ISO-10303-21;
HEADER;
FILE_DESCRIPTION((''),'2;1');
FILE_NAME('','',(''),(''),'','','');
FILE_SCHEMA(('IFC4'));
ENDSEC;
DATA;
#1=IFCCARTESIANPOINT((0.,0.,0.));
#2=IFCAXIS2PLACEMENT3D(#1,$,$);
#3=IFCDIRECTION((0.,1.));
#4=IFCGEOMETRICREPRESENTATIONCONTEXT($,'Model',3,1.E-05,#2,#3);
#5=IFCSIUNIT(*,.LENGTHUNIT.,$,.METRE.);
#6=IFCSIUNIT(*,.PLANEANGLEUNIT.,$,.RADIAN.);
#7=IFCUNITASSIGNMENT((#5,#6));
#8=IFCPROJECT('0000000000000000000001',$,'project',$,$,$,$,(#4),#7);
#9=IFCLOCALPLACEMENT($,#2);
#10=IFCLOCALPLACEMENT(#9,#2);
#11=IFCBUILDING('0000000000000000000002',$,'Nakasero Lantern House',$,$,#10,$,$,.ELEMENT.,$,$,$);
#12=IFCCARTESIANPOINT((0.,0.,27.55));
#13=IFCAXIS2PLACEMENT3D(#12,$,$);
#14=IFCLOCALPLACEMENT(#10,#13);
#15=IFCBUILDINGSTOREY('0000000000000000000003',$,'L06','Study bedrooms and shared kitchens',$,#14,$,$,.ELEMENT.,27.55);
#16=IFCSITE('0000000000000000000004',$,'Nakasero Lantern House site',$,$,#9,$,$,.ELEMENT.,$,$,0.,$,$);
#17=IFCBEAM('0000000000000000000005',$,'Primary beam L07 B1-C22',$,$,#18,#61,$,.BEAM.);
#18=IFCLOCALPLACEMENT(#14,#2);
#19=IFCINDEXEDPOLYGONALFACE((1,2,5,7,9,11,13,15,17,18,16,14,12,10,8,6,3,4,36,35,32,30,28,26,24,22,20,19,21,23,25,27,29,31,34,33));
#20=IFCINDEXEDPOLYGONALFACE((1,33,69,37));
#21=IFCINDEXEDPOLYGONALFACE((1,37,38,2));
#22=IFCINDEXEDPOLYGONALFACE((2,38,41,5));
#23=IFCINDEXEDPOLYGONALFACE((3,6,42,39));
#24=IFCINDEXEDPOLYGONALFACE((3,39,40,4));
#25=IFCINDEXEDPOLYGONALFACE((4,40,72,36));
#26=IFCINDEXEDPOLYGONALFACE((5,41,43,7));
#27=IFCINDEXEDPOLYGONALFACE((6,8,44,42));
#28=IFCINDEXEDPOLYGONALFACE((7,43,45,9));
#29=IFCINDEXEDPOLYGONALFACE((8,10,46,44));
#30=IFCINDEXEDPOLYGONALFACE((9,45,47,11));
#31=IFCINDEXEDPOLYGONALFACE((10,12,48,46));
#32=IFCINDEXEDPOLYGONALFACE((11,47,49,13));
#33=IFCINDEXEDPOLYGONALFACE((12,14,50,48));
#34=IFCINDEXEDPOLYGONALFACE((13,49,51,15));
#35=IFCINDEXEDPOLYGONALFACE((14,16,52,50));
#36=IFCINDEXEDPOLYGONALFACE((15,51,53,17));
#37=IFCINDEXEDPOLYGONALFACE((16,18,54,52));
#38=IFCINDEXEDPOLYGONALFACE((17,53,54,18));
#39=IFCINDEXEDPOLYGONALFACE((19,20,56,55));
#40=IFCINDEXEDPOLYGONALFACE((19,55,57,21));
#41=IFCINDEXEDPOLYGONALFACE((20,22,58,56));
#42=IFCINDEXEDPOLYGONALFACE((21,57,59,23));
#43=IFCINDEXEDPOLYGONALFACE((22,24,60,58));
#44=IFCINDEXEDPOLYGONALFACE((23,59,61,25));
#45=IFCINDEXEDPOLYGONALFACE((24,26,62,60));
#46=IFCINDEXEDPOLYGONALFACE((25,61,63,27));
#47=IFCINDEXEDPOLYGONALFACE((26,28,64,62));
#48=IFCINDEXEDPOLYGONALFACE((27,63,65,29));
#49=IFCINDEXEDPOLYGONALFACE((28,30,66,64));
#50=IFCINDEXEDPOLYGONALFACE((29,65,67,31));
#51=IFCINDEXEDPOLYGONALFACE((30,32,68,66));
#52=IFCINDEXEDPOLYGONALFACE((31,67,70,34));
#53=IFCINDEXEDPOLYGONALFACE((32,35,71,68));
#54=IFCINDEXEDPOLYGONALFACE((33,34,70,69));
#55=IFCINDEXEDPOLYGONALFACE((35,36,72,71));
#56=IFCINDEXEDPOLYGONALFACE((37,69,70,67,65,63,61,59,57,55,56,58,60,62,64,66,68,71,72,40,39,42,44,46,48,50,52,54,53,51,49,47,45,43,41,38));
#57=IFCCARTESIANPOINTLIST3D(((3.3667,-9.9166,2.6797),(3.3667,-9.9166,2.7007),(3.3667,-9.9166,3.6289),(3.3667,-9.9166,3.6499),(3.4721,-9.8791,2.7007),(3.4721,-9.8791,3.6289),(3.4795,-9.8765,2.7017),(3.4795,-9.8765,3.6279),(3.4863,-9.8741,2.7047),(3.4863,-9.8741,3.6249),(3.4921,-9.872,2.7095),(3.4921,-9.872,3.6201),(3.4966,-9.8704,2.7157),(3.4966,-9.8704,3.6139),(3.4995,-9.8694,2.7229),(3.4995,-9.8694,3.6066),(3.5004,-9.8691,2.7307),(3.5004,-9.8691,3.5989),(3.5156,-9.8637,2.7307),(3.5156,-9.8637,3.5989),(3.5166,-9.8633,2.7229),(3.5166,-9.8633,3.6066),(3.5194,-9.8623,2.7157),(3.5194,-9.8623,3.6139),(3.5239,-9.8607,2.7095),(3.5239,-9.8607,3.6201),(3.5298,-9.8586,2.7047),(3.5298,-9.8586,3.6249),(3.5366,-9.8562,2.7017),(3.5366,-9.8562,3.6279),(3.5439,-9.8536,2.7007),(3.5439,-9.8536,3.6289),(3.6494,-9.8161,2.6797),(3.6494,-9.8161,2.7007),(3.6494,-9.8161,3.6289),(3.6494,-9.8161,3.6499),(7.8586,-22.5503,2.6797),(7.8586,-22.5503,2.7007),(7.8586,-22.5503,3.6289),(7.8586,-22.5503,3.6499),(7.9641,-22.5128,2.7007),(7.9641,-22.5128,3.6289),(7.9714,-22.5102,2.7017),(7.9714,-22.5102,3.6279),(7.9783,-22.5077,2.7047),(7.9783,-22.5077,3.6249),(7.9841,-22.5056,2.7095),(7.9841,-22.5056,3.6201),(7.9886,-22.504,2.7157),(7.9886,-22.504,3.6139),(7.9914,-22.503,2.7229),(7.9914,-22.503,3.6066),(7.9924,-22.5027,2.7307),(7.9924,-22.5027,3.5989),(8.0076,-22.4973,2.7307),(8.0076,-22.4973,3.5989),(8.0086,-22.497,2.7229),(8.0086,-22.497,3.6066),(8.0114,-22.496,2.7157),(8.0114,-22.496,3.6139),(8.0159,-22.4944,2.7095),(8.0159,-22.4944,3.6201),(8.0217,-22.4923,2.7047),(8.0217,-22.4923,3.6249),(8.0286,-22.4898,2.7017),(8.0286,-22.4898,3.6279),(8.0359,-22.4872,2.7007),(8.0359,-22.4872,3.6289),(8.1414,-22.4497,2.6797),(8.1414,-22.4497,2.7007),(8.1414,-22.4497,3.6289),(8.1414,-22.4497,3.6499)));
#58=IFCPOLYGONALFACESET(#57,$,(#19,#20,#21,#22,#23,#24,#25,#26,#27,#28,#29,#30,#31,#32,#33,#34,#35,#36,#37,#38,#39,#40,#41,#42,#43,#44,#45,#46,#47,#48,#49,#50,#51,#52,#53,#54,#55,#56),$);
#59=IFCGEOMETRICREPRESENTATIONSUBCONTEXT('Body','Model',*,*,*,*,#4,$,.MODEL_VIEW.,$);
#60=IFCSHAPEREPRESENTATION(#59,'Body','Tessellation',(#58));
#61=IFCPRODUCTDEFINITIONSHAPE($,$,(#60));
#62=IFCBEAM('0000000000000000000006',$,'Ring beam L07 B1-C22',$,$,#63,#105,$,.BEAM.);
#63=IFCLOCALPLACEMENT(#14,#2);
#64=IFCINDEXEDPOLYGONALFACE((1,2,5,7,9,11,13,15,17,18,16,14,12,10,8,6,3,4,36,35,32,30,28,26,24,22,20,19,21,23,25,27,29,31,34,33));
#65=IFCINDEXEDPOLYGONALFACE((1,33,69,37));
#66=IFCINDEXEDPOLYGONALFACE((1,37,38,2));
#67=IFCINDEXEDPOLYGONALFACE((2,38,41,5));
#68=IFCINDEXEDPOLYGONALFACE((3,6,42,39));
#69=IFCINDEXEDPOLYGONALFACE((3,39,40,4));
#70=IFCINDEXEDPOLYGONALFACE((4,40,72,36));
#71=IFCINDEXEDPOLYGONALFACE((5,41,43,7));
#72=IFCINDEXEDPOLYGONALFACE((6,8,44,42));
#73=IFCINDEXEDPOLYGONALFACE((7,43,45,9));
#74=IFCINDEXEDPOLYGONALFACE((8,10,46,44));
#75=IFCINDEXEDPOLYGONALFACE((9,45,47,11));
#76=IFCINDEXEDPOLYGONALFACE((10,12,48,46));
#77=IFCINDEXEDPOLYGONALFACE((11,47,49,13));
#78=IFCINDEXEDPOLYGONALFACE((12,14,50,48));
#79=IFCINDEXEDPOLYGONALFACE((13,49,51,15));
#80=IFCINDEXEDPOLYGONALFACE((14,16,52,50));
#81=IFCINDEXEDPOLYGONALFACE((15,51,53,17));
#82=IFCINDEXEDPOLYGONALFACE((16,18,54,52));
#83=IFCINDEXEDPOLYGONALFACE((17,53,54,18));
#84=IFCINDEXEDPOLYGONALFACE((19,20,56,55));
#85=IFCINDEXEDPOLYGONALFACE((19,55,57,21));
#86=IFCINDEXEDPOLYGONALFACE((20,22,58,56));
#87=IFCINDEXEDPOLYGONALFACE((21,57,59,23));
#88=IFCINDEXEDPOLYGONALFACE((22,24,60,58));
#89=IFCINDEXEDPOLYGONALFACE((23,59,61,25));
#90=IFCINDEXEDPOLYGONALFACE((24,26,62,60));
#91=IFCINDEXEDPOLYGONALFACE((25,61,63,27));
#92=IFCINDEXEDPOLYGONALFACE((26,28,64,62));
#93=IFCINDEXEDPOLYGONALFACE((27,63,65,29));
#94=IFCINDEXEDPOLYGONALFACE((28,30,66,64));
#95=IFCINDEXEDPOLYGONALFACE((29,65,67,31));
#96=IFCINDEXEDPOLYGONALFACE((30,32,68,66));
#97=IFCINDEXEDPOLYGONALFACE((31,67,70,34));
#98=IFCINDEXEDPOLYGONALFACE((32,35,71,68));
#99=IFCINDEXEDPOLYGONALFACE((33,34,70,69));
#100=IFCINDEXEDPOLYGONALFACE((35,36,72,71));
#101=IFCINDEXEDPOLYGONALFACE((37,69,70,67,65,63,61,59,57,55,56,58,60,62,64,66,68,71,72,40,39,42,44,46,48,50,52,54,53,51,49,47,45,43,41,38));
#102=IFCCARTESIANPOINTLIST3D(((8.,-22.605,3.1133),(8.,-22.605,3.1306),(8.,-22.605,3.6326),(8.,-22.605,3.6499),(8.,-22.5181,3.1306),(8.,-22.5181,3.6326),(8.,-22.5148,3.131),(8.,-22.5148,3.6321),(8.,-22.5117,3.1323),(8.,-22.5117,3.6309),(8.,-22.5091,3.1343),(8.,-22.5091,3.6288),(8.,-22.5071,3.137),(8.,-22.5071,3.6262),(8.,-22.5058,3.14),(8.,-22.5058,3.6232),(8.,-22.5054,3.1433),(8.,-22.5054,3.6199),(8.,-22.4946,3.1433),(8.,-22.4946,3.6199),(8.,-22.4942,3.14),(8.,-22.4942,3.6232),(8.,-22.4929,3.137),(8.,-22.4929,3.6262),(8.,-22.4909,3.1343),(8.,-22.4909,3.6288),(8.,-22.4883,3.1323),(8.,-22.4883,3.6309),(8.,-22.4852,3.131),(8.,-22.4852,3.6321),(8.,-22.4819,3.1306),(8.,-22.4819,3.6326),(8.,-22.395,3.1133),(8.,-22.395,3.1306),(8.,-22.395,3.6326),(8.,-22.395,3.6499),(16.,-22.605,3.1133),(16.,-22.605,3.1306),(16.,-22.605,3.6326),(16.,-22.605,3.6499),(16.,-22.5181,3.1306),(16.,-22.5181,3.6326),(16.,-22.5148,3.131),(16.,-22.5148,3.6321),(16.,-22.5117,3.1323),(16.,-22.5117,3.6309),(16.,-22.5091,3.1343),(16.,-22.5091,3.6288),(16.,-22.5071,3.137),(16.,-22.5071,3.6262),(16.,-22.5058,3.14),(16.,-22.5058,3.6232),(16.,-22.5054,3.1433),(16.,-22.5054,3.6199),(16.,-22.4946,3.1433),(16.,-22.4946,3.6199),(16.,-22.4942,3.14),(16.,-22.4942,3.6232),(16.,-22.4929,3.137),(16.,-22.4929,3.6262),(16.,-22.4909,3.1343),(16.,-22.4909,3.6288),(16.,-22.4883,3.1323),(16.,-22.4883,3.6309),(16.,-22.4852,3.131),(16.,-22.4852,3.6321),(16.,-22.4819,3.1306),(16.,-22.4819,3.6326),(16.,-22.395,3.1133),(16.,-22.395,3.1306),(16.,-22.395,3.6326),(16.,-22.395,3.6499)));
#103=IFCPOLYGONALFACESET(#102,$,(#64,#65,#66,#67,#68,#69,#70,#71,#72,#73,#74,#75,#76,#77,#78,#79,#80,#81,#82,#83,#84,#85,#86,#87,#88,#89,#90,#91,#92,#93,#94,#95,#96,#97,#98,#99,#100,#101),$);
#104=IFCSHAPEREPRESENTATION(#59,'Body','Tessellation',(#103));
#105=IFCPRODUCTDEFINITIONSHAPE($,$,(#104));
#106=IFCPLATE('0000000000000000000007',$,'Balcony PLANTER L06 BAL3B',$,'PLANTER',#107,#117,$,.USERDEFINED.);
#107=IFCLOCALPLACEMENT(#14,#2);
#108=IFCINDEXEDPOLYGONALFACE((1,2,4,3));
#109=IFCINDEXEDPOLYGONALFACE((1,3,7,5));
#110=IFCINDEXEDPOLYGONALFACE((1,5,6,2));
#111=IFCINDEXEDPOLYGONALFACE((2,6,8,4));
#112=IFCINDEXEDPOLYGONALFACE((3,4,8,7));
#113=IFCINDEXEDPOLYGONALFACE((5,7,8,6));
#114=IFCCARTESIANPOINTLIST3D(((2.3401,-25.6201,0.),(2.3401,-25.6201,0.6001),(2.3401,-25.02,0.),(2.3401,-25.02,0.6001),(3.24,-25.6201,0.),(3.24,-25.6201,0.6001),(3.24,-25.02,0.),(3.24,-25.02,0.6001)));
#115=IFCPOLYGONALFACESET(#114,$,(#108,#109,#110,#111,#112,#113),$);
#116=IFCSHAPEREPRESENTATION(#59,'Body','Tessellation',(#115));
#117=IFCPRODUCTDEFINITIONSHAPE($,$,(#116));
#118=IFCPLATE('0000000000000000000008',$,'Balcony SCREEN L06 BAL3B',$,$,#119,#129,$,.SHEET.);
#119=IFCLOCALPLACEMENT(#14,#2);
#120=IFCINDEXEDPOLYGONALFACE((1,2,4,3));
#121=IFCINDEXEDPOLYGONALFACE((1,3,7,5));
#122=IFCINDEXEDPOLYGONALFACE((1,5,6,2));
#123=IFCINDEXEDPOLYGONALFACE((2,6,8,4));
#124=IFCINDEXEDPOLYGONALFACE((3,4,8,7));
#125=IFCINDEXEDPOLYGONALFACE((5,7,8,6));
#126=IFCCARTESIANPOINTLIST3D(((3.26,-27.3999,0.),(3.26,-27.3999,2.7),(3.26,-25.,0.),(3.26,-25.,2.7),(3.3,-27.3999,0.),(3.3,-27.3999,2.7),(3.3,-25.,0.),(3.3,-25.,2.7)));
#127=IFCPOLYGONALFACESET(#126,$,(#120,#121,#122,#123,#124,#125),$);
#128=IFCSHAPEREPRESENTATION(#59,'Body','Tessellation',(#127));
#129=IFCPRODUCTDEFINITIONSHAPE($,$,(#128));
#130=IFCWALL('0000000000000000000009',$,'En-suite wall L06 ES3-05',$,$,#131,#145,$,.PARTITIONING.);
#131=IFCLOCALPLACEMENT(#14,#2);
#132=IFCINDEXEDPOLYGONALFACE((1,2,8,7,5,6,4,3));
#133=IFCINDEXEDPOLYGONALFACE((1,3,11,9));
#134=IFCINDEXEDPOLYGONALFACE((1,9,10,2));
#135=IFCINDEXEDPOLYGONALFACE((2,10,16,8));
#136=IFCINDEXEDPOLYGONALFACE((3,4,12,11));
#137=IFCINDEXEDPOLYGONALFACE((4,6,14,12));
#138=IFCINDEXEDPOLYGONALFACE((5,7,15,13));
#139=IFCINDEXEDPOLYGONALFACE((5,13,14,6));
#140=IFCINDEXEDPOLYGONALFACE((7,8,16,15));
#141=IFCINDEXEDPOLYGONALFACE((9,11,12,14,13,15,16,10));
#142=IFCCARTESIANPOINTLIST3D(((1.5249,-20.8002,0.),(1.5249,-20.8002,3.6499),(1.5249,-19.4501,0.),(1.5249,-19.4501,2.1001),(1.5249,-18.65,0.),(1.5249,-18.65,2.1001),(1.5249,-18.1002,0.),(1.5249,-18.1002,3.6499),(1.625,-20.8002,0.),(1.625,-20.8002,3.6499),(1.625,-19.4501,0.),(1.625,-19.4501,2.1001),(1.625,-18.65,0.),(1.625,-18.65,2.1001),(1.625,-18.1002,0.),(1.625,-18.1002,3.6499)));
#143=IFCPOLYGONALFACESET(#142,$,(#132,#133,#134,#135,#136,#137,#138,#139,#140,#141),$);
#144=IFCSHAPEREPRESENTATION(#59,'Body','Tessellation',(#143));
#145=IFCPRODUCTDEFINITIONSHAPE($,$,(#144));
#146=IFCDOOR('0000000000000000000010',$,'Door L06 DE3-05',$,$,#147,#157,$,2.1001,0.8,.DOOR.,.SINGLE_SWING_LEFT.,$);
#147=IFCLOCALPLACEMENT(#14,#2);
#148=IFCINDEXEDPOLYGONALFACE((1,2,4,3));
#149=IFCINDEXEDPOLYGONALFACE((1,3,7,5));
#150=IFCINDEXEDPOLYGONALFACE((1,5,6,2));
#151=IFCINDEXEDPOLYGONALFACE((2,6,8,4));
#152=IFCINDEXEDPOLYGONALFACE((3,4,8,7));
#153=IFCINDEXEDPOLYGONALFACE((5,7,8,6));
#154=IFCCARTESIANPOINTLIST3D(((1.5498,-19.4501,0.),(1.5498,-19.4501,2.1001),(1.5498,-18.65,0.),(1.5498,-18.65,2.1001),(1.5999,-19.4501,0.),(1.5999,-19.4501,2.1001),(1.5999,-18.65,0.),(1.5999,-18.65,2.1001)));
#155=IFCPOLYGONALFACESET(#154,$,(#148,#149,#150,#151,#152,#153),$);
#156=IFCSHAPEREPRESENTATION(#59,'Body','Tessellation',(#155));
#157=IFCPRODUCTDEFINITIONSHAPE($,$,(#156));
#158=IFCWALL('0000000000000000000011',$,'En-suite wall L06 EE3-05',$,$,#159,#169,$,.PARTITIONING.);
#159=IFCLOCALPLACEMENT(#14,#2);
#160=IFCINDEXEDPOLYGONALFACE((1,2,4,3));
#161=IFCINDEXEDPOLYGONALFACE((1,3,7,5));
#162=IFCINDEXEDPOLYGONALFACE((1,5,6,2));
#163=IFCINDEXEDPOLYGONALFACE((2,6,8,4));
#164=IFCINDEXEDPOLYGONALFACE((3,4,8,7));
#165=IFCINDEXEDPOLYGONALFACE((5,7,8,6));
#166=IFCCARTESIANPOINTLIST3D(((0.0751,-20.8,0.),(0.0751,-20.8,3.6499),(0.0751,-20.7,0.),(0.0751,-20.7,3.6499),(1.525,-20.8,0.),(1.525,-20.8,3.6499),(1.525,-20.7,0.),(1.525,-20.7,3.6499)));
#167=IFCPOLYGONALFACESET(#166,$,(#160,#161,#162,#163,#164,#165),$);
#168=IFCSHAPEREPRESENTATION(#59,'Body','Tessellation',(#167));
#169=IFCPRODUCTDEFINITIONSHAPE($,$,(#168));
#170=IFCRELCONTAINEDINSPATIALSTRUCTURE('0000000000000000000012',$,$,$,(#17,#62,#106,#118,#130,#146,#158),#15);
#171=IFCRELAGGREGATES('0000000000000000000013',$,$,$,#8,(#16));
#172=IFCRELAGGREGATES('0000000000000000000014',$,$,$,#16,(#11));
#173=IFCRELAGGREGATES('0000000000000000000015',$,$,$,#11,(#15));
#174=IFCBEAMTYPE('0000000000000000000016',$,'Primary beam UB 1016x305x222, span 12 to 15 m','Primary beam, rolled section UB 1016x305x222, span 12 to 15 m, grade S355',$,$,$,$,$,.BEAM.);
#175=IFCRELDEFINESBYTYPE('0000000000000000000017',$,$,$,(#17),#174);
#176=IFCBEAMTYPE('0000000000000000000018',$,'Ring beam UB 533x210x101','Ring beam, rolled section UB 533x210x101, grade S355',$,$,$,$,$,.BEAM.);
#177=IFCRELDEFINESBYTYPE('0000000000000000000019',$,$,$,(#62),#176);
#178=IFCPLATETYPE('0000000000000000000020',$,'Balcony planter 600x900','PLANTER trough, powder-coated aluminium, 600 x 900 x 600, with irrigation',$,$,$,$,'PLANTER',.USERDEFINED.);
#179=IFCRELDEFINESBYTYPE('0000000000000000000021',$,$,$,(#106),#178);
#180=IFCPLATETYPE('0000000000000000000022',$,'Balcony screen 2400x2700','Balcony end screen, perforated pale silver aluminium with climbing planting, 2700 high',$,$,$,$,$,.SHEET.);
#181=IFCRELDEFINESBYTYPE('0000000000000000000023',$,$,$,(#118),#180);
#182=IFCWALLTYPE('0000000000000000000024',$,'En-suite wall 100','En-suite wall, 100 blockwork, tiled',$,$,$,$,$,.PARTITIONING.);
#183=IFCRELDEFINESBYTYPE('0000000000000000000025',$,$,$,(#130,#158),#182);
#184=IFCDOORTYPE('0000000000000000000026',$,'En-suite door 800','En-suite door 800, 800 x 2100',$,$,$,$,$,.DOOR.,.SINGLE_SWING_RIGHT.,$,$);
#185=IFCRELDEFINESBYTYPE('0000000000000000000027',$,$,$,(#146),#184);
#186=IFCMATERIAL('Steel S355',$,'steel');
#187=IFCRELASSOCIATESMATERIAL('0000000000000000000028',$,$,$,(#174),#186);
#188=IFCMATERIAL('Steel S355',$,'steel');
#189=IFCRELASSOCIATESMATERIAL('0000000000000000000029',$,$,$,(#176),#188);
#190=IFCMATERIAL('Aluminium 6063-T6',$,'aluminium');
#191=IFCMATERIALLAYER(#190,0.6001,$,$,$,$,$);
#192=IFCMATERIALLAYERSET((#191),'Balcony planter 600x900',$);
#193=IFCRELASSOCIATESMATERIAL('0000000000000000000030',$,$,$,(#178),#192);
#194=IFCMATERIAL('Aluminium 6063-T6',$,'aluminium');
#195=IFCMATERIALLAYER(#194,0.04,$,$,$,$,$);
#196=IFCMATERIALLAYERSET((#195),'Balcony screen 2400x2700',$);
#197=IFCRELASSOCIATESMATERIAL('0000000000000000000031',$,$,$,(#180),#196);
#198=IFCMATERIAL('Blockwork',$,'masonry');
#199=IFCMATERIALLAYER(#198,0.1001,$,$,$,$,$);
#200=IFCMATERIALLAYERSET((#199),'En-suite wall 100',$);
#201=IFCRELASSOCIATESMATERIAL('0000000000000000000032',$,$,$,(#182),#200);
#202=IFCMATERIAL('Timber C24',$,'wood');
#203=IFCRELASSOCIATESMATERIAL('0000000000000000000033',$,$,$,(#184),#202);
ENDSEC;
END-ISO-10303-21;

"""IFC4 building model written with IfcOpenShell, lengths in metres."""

from ifc_helpers import new_model, si_unit, direction, frame, frame_2d, origin, origin_2d, place, context, subcontext, project, spatial, rectangle, i_section, extrude, material, layer, layer_set, material_profile, profile_set, type_object, element, fill, save


model = new_model("IFC4")

# Units and contexts
model_context = context("Model", 3, precision=1e-05, world=origin(), true_north=direction((0.0, 1.0)))
body_context = subcontext(model_context, "Body", "Model", "MODEL_VIEW")
ifc_project = project(units=[si_unit("LENGTHUNIT", "METRE"), si_unit("PLANEANGLEUNIT", "RADIAN")], contexts=[model_context])

# Site, building, storey
site_placement = place(None, origin())
site = spatial("IfcSite", under=ifc_project, at=site_placement, Name="Nakasero Lantern House site", CompositionType="ELEMENT", RefElevation=0.0)
building_placement = place(site_placement, origin())
building = spatial("IfcBuilding", under=site, at=building_placement, Name="Nakasero Lantern House", CompositionType="ELEMENT")
storey_placement = place(building_placement, frame((0.0, 0.0, 27.55)))
storey = spatial("IfcBuildingStorey", under=building, at=storey_placement, Name="L06", Description="Study bedrooms and shared kitchens", CompositionType="ELEMENT", Elevation=27.55)

# Beams
ifc_material_1 = material(Name="Steel S355", Category="steel")
ifc_material_profile_1 = material_profile(ifc_material_1, i_section(OverallWidth=0.3, OverallDepth=0.9702, WebThickness=0.0161, FlangeThickness=0.021, FilletRadius=0.03, at=origin_2d()), Name="UB 1016x305x222")
ifc_profile_set_1 = profile_set([ifc_material_profile_1], Name="Steel S355")
beam_type_1 = type_object("IfcBeamType", Name="Primary beam UB 1016x305x222, span 12 to 15 m", Description="Primary beam, rolled section UB 1016x305x222, span 12 to 15 m, grade S355", PredefinedType="BEAM", material=ifc_profile_set_1)
beam_1_placement = place(storey_placement, frame((8.0, -22.5, 3.1648), z_axis=(-0.335011, 0.942214, 0.0), x_axis=(-0.942214, -0.335011, 0.0)))
element("IfcBeam", 1, at=beam_1_placement, inside=storey, type_object=beam_type_1, Name="Primary beam L07 B1-C22", PredefinedType="BEAM", context=body_context, shape_type="SweptSolid", body=[
    extrude(i_section(OverallWidth=0.3, OverallDepth=0.9702, WebThickness=0.0161, FlangeThickness=0.021, FilletRadius=0.03, at=origin_2d()), origin(), (0.0, 0.0, 1.0), 13.4084),
])
ifc_material_2 = material(Name="Steel S355", Category="steel")
ifc_material_profile_2 = material_profile(ifc_material_2, i_section(OverallWidth=0.21, OverallDepth=0.5366, WebThickness=0.0107, FlangeThickness=0.0173, FilletRadius=0.0127, at=origin_2d()), Name="UB 533x210x101")
ifc_profile_set_2 = profile_set([ifc_material_profile_2], Name="Steel S355")
beam_type_2 = type_object("IfcBeamType", Name="Ring beam UB 533x210x101", Description="Ring beam, rolled section UB 533x210x101, grade S355", PredefinedType="BEAM", material=ifc_profile_set_2)
beam_2_placement = place(storey_placement, frame((8.0, -22.5, 3.3816), z_axis=(1.0, 0.0, 0.0), x_axis=(0.0, 1.0, 0.0)))
element("IfcBeam", 2, at=beam_2_placement, inside=storey, type_object=beam_type_2, Name="Ring beam L07 B1-C22", PredefinedType="BEAM", context=body_context, shape_type="SweptSolid", body=[
    extrude(i_section(OverallWidth=0.21, OverallDepth=0.5366, WebThickness=0.0107, FlangeThickness=0.0173, FilletRadius=0.0127, at=origin_2d()), origin(), (0.0, 0.0, 1.0), 8.0),
])

# Plates
ifc_material_3 = material(Name="Aluminium 6063-T6", Category="aluminium")
ifc_layer_1 = layer(ifc_material_3, 0.6001)
ifc_layer_set_1 = layer_set([ifc_layer_1], Name="Balcony planter 600x900")
plate_type_1 = type_object("IfcPlateType", Name="Balcony planter 600x900", Description="PLANTER trough, powder-coated aluminium, 600 x 900 x 600, with irrigation", ElementType="PLANTER", PredefinedType="USERDEFINED", material=ifc_layer_set_1)
plate_1_placement = place(storey_placement, frame((2.79, -25.3201, 0.0), z_axis=(0.0, 0.0, 1.0), x_axis=(0.0, -1.0, 0.0)))
element("IfcPlate", 3, at=plate_1_placement, inside=storey, type_object=plate_type_1, Name="Balcony PLANTER L06 BAL3B", ObjectType="PLANTER", PredefinedType="USERDEFINED", context=body_context, shape_type="SweptSolid", body=[
    extrude(rectangle(XDim=0.6001, YDim=0.8999, at=origin_2d()), origin(), (0.0, 0.0, 1.0), 0.6001),
])
ifc_material_4 = material(Name="Aluminium 6063-T6", Category="aluminium")
ifc_layer_2 = layer(ifc_material_4, 0.04)
ifc_layer_set_2 = layer_set([ifc_layer_2], Name="Balcony screen 2400x2700")
plate_type_2 = type_object("IfcPlateType", Name="Balcony screen 2400x2700", Description="Balcony end screen, perforated pale silver aluminium with climbing planting, 2700 high", PredefinedType="SHEET", material=ifc_layer_set_2)
plate_2_placement = place(storey_placement, frame((3.28, -26.2, 0.0), z_axis=(0.0, 0.0, 1.0), x_axis=(0.0, -1.0, 0.0)))
element("IfcPlate", 4, at=plate_2_placement, inside=storey, type_object=plate_type_2, Name="Balcony SCREEN L06 BAL3B", PredefinedType="SHEET", context=body_context, shape_type="SweptSolid", body=[
    extrude(rectangle(XDim=2.3999, YDim=0.04, at=origin_2d()), origin(), (0.0, 0.0, 1.0), 2.7),
])

# Wall, opening, door
ifc_material_5 = material(Name="Blockwork", Category="masonry")
ifc_layer_3 = layer(ifc_material_5, 0.1001)
ifc_layer_set_3 = layer_set([ifc_layer_3], Name="En-suite wall 100")
wall_type_1 = type_object("IfcWallType", Name="En-suite wall 100", Description="En-suite wall, 100 blockwork, tiled", PredefinedType="PARTITIONING", material=ifc_layer_set_3)
wall_1_placement = place(storey_placement, frame((1.575, -18.1001, 0.0), z_axis=(0.0, 0.0, 1.0), x_axis=(0.0, -1.0, 0.0)))
wall_1 = element("IfcWall", 5, at=wall_1_placement, inside=storey, type_object=wall_type_1, Name="En-suite wall L06 ES3-05", PredefinedType="PARTITIONING", context=body_context, shape_type="SweptSolid", body=[
    extrude(rectangle(XDim=2.7, YDim=0.1001, at=frame_2d((1.3501, 0.0))), origin(), (0.0, 0.0, 1.0), 3.6499),
])
opening_1_placement = place(wall_1_placement, frame((0.55, 0.0, 0.0)))
opening_1 = element("IfcOpeningElement", 6, at=opening_1_placement, cuts=wall_1, PredefinedType="OPENING", context=body_context, shape_type="SweptSolid", body=[
    extrude(rectangle(XDim=0.8, YDim=2.1001, at=frame_2d((0.3999, 1.05))), frame((0.0, 0.0701, 0.0), z_axis=(0.0, -1.0, 0.0), x_axis=(1.0, 0.0, 0.0)), (0.0, 0.0, 1.0), 0.1401),
])
ifc_material_6 = material(Name="Timber C24", Category="wood")
door_type_1 = type_object("IfcDoorType", Name="En-suite door 800", Description="En-suite door 800, 800 x 2100", OperationType="SINGLE_SWING_RIGHT", PredefinedType="DOOR", material=ifc_material_6)
door_1_placement = place(opening_1_placement, origin())
door_1 = element("IfcDoor", 7, at=door_1_placement, inside=storey, type_object=door_type_1, Name="Door L06 DE3-05", OperationType="SINGLE_SWING_LEFT", OverallHeight=2.1001, OverallWidth=0.8, PredefinedType="DOOR", context=body_context, shape_type="SweptSolid", body=[
    extrude(rectangle(XDim=0.8, YDim=2.1001, at=frame_2d((0.3999, 1.05))), frame((0.0, 0.0249, 0.0), z_axis=(0.0, -1.0, 0.0), x_axis=(1.0, 0.0, 0.0)), (0.0, 0.0, 1.0), 0.05),
])
fill(opening_1, door_1)

# Wall
wall_2_placement = place(storey_placement, frame((0.075, -20.75, 0.0), z_axis=(0.0, 0.0, 1.0), x_axis=(1.0, 0.0, 0.0)))
element("IfcWall", 8, at=wall_2_placement, inside=storey, type_object=wall_type_1, Name="En-suite wall L06 EE3-05", PredefinedType="PARTITIONING", context=body_context, shape_type="SweptSolid", body=[
    extrude(rectangle(XDim=1.45, YDim=0.1001, at=frame_2d((0.7251, 0.0))), origin(), (0.0, 0.0, 1.0), 3.6499),
])

save(model, "model.ifc")
